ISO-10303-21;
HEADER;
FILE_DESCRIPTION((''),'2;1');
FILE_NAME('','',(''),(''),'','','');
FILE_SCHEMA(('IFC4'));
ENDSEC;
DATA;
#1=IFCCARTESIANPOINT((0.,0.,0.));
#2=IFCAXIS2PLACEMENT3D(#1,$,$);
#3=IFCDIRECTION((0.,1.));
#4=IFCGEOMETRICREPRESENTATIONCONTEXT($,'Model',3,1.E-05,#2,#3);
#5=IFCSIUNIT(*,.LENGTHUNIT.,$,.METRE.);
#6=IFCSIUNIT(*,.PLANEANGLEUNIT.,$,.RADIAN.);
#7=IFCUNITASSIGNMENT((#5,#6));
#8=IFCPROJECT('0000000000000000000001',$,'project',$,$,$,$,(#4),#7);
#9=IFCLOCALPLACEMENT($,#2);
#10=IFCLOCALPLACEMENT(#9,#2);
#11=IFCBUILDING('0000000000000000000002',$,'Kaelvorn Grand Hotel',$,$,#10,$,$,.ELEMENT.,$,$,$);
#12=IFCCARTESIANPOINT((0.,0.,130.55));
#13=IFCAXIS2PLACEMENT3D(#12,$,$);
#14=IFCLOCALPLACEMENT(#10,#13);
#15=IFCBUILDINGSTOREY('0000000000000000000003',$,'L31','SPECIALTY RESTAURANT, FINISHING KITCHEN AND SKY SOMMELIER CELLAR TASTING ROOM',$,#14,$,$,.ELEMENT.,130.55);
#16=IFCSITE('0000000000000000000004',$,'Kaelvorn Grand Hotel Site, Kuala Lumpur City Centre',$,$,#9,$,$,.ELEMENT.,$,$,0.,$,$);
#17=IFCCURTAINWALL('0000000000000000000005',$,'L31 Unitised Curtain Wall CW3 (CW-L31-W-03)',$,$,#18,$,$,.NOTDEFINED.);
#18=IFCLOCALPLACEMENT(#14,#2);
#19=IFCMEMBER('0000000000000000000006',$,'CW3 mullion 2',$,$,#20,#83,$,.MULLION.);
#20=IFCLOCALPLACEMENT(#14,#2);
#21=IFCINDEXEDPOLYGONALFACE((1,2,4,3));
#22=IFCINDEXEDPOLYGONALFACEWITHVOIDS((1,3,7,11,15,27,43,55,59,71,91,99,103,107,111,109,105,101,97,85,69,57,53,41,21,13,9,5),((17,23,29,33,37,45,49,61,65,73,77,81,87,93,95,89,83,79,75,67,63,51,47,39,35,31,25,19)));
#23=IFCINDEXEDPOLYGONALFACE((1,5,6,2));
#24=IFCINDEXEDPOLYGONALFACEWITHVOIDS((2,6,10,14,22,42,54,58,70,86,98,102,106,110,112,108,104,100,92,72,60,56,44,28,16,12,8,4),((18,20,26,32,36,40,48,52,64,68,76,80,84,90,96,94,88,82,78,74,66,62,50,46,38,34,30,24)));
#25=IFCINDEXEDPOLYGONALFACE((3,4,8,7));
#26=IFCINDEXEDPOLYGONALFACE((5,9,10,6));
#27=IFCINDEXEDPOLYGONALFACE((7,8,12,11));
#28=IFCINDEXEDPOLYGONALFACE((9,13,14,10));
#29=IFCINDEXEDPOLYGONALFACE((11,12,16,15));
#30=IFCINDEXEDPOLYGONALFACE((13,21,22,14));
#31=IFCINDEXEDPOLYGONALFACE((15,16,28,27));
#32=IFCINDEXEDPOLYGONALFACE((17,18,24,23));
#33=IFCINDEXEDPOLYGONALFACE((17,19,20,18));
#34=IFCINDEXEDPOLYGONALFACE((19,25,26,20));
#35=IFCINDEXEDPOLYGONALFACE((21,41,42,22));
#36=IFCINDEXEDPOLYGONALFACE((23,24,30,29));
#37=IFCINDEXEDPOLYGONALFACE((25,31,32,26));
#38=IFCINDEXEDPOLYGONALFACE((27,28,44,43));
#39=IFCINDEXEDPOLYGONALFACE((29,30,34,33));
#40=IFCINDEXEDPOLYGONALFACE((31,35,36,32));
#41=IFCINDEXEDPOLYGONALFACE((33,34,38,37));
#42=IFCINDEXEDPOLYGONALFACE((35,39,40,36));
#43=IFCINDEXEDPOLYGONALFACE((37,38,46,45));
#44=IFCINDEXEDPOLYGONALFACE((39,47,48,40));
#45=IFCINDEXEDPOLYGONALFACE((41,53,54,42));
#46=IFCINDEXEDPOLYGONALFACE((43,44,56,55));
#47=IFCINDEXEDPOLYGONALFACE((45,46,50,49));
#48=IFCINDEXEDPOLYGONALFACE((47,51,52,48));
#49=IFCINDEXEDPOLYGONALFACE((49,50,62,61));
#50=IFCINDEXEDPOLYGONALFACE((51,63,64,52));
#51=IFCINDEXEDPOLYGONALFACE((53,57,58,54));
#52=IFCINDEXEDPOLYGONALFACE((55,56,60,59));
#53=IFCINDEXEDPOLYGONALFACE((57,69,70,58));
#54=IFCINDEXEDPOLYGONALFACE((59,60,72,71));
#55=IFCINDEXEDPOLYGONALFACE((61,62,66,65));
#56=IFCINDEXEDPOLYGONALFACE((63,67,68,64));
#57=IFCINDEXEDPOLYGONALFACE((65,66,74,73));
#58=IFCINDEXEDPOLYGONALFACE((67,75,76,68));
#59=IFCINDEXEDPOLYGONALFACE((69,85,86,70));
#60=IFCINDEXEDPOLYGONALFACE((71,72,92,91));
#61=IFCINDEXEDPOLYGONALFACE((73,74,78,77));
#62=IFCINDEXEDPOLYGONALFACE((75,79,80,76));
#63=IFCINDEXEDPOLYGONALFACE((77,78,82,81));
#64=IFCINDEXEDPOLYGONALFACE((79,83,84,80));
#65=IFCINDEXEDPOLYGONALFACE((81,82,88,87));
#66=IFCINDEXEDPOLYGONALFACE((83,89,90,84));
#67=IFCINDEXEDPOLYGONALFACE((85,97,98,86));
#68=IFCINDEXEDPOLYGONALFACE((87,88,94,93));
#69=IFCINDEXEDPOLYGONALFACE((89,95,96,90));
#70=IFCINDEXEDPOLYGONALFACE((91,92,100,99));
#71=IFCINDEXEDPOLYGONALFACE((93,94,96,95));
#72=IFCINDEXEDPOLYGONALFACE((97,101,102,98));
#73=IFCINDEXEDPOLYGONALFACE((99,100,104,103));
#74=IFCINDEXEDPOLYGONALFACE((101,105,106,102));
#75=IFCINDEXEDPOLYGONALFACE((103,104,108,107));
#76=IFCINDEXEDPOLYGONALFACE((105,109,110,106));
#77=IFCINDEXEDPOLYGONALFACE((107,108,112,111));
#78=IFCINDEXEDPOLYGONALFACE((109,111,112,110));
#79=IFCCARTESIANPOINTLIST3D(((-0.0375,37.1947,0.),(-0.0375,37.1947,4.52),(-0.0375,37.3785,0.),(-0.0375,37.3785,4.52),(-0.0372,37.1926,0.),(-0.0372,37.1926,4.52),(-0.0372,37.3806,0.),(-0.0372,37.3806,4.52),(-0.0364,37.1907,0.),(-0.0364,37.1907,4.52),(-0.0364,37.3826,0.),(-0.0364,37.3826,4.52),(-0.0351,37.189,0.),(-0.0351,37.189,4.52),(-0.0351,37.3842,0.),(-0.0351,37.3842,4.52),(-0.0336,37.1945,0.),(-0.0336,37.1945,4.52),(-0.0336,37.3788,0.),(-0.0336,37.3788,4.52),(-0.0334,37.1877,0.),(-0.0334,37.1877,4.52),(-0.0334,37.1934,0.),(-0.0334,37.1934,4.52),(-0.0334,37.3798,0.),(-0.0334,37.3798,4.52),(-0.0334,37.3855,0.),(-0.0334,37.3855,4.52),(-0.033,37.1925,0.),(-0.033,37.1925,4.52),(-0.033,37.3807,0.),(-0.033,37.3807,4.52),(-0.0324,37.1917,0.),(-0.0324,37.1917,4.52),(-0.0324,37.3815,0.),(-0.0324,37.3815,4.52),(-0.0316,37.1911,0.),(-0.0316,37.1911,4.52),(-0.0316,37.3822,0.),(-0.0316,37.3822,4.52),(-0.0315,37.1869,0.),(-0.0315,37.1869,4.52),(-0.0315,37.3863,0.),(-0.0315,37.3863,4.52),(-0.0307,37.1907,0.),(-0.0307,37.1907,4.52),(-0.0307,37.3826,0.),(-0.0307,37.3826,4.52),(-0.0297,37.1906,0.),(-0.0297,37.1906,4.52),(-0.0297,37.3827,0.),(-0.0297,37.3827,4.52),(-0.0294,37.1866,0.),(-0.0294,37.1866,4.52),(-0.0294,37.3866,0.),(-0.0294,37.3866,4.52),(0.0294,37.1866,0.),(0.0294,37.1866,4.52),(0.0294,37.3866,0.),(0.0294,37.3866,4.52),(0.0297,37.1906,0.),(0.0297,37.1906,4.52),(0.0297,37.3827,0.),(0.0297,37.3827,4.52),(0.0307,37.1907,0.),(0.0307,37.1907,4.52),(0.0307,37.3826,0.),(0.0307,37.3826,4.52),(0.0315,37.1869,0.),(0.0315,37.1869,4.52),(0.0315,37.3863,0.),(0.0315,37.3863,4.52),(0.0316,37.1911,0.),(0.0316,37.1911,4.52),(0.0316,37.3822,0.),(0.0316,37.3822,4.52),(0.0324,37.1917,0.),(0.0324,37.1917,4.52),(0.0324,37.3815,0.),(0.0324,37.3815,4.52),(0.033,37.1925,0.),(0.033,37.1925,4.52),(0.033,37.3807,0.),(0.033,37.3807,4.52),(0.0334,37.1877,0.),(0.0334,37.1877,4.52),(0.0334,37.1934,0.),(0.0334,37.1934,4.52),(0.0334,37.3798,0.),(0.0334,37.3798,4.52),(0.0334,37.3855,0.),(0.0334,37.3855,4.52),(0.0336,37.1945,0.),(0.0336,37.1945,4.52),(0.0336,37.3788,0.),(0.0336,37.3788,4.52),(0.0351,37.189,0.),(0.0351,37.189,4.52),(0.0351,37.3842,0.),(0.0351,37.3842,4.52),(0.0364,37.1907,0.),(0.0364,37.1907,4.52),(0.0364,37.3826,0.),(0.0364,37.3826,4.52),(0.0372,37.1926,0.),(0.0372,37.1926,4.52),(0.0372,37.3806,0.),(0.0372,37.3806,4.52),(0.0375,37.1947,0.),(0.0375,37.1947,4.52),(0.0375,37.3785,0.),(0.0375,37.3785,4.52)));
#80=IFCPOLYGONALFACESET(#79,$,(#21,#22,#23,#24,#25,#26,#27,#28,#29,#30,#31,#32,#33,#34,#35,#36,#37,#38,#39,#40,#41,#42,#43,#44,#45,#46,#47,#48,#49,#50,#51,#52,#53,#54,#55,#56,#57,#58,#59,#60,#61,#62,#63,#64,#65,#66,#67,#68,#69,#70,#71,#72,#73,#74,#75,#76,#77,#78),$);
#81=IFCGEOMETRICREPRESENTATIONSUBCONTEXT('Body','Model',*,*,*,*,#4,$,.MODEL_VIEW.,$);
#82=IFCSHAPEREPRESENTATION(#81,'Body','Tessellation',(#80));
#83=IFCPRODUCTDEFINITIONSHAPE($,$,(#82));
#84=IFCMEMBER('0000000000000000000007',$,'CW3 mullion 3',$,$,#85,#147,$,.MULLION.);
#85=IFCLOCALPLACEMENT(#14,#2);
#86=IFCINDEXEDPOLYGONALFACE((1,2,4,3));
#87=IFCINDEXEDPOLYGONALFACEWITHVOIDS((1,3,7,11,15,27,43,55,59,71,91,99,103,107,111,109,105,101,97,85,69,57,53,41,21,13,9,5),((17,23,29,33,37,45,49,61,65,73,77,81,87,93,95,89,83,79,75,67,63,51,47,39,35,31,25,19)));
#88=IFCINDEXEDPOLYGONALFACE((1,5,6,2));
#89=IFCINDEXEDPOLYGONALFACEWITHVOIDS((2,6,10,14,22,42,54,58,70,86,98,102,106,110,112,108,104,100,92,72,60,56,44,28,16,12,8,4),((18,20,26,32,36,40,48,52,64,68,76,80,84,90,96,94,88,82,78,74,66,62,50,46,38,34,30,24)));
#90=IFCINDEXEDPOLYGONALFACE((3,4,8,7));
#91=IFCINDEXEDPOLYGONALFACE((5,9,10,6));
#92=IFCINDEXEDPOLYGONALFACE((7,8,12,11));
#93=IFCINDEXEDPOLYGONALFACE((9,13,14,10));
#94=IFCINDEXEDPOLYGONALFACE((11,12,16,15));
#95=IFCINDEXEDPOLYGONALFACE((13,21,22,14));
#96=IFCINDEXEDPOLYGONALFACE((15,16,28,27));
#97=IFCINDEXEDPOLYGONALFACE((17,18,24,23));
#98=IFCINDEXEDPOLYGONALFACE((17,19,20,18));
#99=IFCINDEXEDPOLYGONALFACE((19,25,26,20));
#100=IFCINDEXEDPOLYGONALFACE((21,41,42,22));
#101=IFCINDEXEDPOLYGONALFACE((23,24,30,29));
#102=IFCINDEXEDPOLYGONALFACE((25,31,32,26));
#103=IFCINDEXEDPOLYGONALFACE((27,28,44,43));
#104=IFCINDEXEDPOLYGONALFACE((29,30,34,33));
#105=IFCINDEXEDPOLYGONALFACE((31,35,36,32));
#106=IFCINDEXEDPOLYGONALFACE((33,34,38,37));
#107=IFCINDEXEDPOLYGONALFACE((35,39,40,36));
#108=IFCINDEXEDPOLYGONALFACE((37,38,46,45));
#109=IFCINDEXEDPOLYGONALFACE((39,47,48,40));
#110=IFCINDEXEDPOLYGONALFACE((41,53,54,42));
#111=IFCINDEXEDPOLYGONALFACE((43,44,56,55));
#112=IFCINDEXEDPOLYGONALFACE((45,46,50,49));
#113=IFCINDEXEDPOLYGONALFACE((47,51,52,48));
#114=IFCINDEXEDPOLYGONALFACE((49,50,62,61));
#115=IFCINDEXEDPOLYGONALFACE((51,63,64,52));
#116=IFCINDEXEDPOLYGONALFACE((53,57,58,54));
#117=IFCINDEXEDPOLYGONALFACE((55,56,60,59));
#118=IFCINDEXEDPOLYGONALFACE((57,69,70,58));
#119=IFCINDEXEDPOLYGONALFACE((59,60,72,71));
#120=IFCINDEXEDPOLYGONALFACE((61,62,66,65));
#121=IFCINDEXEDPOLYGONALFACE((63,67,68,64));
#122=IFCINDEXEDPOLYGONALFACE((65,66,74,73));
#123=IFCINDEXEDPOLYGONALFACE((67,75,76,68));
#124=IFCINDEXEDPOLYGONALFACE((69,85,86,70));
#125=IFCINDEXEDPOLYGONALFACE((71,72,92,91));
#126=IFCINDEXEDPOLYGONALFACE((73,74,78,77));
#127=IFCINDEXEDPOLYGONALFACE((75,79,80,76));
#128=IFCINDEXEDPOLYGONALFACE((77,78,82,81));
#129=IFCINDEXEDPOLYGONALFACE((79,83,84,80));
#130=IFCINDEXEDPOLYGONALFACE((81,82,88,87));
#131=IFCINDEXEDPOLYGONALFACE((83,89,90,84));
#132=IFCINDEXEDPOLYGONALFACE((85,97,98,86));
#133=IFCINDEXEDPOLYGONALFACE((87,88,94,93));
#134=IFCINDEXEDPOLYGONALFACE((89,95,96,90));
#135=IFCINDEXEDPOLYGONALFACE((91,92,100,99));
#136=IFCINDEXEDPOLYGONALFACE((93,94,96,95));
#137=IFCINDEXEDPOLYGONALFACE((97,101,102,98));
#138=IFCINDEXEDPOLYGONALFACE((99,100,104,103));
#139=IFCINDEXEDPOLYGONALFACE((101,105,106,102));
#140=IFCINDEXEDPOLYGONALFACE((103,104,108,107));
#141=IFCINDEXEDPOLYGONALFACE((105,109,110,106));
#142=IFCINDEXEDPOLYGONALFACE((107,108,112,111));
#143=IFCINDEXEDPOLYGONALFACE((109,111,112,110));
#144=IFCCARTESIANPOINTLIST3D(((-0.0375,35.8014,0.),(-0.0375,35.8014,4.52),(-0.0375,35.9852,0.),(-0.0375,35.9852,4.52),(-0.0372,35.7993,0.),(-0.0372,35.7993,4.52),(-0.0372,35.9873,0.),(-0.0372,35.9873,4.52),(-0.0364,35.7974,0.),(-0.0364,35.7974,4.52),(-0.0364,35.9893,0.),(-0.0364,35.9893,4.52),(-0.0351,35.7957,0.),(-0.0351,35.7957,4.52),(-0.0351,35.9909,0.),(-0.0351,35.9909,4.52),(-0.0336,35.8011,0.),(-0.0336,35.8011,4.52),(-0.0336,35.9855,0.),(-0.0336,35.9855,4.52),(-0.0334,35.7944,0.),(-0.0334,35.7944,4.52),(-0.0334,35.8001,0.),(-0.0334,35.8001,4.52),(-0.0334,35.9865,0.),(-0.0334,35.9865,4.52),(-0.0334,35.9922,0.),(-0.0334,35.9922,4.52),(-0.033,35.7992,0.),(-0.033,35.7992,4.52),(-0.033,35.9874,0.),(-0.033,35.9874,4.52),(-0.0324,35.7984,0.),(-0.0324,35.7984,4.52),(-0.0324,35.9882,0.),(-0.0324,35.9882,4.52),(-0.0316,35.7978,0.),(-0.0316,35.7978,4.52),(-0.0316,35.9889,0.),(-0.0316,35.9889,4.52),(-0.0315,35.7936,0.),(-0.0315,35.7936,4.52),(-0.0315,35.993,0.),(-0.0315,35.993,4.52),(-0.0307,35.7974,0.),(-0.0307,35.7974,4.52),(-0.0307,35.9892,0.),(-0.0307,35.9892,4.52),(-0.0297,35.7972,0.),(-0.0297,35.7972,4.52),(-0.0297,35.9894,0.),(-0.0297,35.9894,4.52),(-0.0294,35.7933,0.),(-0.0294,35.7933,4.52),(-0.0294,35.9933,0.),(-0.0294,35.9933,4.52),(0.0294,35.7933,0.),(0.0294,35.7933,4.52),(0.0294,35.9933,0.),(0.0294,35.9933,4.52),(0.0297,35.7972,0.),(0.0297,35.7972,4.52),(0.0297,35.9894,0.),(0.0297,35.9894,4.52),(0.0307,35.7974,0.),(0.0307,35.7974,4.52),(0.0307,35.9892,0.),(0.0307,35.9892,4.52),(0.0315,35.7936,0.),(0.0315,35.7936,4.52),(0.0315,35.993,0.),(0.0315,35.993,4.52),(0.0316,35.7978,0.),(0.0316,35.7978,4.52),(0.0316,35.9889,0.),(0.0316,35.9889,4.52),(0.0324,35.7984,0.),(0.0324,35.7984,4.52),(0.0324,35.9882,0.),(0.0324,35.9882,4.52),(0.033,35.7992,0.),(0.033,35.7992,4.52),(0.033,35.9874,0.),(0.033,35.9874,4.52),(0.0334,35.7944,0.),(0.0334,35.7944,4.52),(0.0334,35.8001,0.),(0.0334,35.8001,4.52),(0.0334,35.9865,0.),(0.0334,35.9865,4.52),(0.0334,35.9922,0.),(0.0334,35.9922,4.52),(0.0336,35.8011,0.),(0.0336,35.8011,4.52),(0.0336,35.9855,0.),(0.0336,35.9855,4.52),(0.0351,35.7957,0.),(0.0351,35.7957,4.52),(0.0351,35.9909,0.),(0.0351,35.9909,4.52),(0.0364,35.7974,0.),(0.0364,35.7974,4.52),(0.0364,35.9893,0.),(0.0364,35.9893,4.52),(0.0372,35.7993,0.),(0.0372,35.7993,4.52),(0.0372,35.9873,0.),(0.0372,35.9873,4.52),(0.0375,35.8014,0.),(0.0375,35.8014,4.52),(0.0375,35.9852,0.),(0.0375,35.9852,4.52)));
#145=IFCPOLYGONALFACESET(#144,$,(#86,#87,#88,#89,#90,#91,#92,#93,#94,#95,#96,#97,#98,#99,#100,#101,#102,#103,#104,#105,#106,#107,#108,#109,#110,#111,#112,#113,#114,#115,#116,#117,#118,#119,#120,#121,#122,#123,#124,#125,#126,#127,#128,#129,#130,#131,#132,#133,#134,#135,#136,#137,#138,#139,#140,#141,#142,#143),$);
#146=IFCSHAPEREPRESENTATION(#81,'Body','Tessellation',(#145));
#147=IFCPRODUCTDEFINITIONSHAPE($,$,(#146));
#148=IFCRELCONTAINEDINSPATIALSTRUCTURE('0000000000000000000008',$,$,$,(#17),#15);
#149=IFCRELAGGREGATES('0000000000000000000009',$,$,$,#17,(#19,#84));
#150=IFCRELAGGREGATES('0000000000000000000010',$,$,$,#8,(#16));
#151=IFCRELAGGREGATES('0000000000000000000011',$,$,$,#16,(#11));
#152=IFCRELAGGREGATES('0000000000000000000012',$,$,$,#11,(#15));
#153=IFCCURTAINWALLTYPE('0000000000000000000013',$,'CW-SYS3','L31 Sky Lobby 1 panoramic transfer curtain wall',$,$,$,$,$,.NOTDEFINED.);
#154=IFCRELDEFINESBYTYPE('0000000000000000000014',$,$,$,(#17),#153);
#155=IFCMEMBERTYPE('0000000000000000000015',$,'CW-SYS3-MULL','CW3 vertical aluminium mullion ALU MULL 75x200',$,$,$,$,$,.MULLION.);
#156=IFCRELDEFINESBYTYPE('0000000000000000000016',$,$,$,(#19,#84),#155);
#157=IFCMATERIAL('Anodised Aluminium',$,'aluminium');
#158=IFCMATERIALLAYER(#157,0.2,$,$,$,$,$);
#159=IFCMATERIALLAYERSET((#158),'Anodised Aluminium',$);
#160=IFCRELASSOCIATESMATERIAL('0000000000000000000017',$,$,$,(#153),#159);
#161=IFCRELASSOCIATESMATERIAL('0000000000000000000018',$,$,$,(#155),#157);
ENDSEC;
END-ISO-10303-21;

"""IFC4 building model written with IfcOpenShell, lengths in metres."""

from ifc_helpers import new_model, si_unit, direction, frame, origin, origin_2d, place, context, subcontext, project, spatial, hollow_rectangle, extrude, material, layer, layer_set, material_profile, profile_set, type_object, element, aggregate, save


model = new_model("IFC4")

# Units and contexts
model_context = context("Model", 3, precision=1e-05, world=origin(), true_north=direction((0.0, 1.0)))
body_context = subcontext(model_context, "Body", "Model", "MODEL_VIEW")
ifc_project = project(units=[si_unit("LENGTHUNIT", "METRE"), si_unit("PLANEANGLEUNIT", "RADIAN")], contexts=[model_context])

# Site, building, storey
site_placement = place(None, origin())
site = spatial("IfcSite", under=ifc_project, at=site_placement, Name="Kaelvorn Grand Hotel Site, Kuala Lumpur City Centre", CompositionType="ELEMENT", RefElevation=0.0)
building_placement = place(site_placement, origin())
building = spatial("IfcBuilding", under=site, at=building_placement, Name="Kaelvorn Grand Hotel", CompositionType="ELEMENT")
storey_placement = place(building_placement, frame((0.0, 0.0, 130.55)))
storey = spatial("IfcBuildingStorey", under=building, at=storey_placement, Name="L31", Description="SPECIALTY RESTAURANT, FINISHING KITCHEN AND SKY SOMMELIER CELLAR TASTING ROOM", CompositionType="ELEMENT", Elevation=130.55)

# Shared definitions
ifc_material_1 = material(Name="Anodised Aluminium", Category="aluminium")
ifc_layer_1 = layer(ifc_material_1, 0.2)
ifc_layer_set_1 = layer_set([ifc_layer_1], Name="Anodised Aluminium")
curtain_wall_type = type_object("IfcCurtainWallType", Name="CW-SYS3", Description="L31 Sky Lobby 1 panoramic transfer curtain wall", PredefinedType="NOTDEFINED", material=ifc_layer_set_1)
ifc_material_profile_1 = material_profile(ifc_material_1, hollow_rectangle(XDim=0.075, YDim=0.2, WallThickness=0.0039, InnerFilletRadius=0.0039, OuterFilletRadius=0.0081, at=origin_2d()), Name="ALU MULL 75x200")
ifc_profile_set_1 = profile_set([ifc_material_profile_1], Name="Anodised Aluminium")
member_type_1 = type_object("IfcMemberType", Name="CW-SYS3-MULL", Description="CW3 vertical aluminium mullion ALU MULL 75x200", PredefinedType="MULLION", material=ifc_profile_set_1)

# Curtain wall, members
curtain_wall_1_placement = place(storey_placement, origin())
curtain_wall_1 = element("IfcCurtainWall", 1, at=curtain_wall_1_placement, inside=storey, type_object=curtain_wall_type, Name="L31 Unitised Curtain Wall CW3 (CW-L31-W-03)", PredefinedType="NOTDEFINED")
member_1_placement = place(storey_placement, frame((0.0, 37.2866, 0.0), z_axis=(0.0, 0.0, 1.0), x_axis=(1.0, 0.0, 0.0)))
member_1 = element("IfcMember", 2, at=member_1_placement, type_object=member_type_1, Name="CW3 mullion 2", PredefinedType="MULLION", context=body_context, shape_type="SweptSolid", body=[
    extrude(hollow_rectangle(XDim=0.075, YDim=0.2, WallThickness=0.0039, InnerFilletRadius=0.0039, OuterFilletRadius=0.0081, at=origin_2d()), origin(), (0.0, 0.0, 1.0), 4.52),
])
member_2_placement = place(storey_placement, frame((0.0, 35.8933, 0.0), z_axis=(0.0, 0.0, 1.0), x_axis=(1.0, 0.0, 0.0)))
member_2 = element("IfcMember", 3, at=member_2_placement, type_object=member_type_1, Name="CW3 mullion 3", PredefinedType="MULLION", context=body_context, shape_type="SweptSolid", body=[
    extrude(hollow_rectangle(XDim=0.075, YDim=0.2, WallThickness=0.0039, InnerFilletRadius=0.0039, OuterFilletRadius=0.0081, at=origin_2d()), origin(), (0.0, 0.0, 1.0), 4.52),
])

aggregate(curtain_wall_1, [member_1, member_2])

save(model, "model.ifc")
